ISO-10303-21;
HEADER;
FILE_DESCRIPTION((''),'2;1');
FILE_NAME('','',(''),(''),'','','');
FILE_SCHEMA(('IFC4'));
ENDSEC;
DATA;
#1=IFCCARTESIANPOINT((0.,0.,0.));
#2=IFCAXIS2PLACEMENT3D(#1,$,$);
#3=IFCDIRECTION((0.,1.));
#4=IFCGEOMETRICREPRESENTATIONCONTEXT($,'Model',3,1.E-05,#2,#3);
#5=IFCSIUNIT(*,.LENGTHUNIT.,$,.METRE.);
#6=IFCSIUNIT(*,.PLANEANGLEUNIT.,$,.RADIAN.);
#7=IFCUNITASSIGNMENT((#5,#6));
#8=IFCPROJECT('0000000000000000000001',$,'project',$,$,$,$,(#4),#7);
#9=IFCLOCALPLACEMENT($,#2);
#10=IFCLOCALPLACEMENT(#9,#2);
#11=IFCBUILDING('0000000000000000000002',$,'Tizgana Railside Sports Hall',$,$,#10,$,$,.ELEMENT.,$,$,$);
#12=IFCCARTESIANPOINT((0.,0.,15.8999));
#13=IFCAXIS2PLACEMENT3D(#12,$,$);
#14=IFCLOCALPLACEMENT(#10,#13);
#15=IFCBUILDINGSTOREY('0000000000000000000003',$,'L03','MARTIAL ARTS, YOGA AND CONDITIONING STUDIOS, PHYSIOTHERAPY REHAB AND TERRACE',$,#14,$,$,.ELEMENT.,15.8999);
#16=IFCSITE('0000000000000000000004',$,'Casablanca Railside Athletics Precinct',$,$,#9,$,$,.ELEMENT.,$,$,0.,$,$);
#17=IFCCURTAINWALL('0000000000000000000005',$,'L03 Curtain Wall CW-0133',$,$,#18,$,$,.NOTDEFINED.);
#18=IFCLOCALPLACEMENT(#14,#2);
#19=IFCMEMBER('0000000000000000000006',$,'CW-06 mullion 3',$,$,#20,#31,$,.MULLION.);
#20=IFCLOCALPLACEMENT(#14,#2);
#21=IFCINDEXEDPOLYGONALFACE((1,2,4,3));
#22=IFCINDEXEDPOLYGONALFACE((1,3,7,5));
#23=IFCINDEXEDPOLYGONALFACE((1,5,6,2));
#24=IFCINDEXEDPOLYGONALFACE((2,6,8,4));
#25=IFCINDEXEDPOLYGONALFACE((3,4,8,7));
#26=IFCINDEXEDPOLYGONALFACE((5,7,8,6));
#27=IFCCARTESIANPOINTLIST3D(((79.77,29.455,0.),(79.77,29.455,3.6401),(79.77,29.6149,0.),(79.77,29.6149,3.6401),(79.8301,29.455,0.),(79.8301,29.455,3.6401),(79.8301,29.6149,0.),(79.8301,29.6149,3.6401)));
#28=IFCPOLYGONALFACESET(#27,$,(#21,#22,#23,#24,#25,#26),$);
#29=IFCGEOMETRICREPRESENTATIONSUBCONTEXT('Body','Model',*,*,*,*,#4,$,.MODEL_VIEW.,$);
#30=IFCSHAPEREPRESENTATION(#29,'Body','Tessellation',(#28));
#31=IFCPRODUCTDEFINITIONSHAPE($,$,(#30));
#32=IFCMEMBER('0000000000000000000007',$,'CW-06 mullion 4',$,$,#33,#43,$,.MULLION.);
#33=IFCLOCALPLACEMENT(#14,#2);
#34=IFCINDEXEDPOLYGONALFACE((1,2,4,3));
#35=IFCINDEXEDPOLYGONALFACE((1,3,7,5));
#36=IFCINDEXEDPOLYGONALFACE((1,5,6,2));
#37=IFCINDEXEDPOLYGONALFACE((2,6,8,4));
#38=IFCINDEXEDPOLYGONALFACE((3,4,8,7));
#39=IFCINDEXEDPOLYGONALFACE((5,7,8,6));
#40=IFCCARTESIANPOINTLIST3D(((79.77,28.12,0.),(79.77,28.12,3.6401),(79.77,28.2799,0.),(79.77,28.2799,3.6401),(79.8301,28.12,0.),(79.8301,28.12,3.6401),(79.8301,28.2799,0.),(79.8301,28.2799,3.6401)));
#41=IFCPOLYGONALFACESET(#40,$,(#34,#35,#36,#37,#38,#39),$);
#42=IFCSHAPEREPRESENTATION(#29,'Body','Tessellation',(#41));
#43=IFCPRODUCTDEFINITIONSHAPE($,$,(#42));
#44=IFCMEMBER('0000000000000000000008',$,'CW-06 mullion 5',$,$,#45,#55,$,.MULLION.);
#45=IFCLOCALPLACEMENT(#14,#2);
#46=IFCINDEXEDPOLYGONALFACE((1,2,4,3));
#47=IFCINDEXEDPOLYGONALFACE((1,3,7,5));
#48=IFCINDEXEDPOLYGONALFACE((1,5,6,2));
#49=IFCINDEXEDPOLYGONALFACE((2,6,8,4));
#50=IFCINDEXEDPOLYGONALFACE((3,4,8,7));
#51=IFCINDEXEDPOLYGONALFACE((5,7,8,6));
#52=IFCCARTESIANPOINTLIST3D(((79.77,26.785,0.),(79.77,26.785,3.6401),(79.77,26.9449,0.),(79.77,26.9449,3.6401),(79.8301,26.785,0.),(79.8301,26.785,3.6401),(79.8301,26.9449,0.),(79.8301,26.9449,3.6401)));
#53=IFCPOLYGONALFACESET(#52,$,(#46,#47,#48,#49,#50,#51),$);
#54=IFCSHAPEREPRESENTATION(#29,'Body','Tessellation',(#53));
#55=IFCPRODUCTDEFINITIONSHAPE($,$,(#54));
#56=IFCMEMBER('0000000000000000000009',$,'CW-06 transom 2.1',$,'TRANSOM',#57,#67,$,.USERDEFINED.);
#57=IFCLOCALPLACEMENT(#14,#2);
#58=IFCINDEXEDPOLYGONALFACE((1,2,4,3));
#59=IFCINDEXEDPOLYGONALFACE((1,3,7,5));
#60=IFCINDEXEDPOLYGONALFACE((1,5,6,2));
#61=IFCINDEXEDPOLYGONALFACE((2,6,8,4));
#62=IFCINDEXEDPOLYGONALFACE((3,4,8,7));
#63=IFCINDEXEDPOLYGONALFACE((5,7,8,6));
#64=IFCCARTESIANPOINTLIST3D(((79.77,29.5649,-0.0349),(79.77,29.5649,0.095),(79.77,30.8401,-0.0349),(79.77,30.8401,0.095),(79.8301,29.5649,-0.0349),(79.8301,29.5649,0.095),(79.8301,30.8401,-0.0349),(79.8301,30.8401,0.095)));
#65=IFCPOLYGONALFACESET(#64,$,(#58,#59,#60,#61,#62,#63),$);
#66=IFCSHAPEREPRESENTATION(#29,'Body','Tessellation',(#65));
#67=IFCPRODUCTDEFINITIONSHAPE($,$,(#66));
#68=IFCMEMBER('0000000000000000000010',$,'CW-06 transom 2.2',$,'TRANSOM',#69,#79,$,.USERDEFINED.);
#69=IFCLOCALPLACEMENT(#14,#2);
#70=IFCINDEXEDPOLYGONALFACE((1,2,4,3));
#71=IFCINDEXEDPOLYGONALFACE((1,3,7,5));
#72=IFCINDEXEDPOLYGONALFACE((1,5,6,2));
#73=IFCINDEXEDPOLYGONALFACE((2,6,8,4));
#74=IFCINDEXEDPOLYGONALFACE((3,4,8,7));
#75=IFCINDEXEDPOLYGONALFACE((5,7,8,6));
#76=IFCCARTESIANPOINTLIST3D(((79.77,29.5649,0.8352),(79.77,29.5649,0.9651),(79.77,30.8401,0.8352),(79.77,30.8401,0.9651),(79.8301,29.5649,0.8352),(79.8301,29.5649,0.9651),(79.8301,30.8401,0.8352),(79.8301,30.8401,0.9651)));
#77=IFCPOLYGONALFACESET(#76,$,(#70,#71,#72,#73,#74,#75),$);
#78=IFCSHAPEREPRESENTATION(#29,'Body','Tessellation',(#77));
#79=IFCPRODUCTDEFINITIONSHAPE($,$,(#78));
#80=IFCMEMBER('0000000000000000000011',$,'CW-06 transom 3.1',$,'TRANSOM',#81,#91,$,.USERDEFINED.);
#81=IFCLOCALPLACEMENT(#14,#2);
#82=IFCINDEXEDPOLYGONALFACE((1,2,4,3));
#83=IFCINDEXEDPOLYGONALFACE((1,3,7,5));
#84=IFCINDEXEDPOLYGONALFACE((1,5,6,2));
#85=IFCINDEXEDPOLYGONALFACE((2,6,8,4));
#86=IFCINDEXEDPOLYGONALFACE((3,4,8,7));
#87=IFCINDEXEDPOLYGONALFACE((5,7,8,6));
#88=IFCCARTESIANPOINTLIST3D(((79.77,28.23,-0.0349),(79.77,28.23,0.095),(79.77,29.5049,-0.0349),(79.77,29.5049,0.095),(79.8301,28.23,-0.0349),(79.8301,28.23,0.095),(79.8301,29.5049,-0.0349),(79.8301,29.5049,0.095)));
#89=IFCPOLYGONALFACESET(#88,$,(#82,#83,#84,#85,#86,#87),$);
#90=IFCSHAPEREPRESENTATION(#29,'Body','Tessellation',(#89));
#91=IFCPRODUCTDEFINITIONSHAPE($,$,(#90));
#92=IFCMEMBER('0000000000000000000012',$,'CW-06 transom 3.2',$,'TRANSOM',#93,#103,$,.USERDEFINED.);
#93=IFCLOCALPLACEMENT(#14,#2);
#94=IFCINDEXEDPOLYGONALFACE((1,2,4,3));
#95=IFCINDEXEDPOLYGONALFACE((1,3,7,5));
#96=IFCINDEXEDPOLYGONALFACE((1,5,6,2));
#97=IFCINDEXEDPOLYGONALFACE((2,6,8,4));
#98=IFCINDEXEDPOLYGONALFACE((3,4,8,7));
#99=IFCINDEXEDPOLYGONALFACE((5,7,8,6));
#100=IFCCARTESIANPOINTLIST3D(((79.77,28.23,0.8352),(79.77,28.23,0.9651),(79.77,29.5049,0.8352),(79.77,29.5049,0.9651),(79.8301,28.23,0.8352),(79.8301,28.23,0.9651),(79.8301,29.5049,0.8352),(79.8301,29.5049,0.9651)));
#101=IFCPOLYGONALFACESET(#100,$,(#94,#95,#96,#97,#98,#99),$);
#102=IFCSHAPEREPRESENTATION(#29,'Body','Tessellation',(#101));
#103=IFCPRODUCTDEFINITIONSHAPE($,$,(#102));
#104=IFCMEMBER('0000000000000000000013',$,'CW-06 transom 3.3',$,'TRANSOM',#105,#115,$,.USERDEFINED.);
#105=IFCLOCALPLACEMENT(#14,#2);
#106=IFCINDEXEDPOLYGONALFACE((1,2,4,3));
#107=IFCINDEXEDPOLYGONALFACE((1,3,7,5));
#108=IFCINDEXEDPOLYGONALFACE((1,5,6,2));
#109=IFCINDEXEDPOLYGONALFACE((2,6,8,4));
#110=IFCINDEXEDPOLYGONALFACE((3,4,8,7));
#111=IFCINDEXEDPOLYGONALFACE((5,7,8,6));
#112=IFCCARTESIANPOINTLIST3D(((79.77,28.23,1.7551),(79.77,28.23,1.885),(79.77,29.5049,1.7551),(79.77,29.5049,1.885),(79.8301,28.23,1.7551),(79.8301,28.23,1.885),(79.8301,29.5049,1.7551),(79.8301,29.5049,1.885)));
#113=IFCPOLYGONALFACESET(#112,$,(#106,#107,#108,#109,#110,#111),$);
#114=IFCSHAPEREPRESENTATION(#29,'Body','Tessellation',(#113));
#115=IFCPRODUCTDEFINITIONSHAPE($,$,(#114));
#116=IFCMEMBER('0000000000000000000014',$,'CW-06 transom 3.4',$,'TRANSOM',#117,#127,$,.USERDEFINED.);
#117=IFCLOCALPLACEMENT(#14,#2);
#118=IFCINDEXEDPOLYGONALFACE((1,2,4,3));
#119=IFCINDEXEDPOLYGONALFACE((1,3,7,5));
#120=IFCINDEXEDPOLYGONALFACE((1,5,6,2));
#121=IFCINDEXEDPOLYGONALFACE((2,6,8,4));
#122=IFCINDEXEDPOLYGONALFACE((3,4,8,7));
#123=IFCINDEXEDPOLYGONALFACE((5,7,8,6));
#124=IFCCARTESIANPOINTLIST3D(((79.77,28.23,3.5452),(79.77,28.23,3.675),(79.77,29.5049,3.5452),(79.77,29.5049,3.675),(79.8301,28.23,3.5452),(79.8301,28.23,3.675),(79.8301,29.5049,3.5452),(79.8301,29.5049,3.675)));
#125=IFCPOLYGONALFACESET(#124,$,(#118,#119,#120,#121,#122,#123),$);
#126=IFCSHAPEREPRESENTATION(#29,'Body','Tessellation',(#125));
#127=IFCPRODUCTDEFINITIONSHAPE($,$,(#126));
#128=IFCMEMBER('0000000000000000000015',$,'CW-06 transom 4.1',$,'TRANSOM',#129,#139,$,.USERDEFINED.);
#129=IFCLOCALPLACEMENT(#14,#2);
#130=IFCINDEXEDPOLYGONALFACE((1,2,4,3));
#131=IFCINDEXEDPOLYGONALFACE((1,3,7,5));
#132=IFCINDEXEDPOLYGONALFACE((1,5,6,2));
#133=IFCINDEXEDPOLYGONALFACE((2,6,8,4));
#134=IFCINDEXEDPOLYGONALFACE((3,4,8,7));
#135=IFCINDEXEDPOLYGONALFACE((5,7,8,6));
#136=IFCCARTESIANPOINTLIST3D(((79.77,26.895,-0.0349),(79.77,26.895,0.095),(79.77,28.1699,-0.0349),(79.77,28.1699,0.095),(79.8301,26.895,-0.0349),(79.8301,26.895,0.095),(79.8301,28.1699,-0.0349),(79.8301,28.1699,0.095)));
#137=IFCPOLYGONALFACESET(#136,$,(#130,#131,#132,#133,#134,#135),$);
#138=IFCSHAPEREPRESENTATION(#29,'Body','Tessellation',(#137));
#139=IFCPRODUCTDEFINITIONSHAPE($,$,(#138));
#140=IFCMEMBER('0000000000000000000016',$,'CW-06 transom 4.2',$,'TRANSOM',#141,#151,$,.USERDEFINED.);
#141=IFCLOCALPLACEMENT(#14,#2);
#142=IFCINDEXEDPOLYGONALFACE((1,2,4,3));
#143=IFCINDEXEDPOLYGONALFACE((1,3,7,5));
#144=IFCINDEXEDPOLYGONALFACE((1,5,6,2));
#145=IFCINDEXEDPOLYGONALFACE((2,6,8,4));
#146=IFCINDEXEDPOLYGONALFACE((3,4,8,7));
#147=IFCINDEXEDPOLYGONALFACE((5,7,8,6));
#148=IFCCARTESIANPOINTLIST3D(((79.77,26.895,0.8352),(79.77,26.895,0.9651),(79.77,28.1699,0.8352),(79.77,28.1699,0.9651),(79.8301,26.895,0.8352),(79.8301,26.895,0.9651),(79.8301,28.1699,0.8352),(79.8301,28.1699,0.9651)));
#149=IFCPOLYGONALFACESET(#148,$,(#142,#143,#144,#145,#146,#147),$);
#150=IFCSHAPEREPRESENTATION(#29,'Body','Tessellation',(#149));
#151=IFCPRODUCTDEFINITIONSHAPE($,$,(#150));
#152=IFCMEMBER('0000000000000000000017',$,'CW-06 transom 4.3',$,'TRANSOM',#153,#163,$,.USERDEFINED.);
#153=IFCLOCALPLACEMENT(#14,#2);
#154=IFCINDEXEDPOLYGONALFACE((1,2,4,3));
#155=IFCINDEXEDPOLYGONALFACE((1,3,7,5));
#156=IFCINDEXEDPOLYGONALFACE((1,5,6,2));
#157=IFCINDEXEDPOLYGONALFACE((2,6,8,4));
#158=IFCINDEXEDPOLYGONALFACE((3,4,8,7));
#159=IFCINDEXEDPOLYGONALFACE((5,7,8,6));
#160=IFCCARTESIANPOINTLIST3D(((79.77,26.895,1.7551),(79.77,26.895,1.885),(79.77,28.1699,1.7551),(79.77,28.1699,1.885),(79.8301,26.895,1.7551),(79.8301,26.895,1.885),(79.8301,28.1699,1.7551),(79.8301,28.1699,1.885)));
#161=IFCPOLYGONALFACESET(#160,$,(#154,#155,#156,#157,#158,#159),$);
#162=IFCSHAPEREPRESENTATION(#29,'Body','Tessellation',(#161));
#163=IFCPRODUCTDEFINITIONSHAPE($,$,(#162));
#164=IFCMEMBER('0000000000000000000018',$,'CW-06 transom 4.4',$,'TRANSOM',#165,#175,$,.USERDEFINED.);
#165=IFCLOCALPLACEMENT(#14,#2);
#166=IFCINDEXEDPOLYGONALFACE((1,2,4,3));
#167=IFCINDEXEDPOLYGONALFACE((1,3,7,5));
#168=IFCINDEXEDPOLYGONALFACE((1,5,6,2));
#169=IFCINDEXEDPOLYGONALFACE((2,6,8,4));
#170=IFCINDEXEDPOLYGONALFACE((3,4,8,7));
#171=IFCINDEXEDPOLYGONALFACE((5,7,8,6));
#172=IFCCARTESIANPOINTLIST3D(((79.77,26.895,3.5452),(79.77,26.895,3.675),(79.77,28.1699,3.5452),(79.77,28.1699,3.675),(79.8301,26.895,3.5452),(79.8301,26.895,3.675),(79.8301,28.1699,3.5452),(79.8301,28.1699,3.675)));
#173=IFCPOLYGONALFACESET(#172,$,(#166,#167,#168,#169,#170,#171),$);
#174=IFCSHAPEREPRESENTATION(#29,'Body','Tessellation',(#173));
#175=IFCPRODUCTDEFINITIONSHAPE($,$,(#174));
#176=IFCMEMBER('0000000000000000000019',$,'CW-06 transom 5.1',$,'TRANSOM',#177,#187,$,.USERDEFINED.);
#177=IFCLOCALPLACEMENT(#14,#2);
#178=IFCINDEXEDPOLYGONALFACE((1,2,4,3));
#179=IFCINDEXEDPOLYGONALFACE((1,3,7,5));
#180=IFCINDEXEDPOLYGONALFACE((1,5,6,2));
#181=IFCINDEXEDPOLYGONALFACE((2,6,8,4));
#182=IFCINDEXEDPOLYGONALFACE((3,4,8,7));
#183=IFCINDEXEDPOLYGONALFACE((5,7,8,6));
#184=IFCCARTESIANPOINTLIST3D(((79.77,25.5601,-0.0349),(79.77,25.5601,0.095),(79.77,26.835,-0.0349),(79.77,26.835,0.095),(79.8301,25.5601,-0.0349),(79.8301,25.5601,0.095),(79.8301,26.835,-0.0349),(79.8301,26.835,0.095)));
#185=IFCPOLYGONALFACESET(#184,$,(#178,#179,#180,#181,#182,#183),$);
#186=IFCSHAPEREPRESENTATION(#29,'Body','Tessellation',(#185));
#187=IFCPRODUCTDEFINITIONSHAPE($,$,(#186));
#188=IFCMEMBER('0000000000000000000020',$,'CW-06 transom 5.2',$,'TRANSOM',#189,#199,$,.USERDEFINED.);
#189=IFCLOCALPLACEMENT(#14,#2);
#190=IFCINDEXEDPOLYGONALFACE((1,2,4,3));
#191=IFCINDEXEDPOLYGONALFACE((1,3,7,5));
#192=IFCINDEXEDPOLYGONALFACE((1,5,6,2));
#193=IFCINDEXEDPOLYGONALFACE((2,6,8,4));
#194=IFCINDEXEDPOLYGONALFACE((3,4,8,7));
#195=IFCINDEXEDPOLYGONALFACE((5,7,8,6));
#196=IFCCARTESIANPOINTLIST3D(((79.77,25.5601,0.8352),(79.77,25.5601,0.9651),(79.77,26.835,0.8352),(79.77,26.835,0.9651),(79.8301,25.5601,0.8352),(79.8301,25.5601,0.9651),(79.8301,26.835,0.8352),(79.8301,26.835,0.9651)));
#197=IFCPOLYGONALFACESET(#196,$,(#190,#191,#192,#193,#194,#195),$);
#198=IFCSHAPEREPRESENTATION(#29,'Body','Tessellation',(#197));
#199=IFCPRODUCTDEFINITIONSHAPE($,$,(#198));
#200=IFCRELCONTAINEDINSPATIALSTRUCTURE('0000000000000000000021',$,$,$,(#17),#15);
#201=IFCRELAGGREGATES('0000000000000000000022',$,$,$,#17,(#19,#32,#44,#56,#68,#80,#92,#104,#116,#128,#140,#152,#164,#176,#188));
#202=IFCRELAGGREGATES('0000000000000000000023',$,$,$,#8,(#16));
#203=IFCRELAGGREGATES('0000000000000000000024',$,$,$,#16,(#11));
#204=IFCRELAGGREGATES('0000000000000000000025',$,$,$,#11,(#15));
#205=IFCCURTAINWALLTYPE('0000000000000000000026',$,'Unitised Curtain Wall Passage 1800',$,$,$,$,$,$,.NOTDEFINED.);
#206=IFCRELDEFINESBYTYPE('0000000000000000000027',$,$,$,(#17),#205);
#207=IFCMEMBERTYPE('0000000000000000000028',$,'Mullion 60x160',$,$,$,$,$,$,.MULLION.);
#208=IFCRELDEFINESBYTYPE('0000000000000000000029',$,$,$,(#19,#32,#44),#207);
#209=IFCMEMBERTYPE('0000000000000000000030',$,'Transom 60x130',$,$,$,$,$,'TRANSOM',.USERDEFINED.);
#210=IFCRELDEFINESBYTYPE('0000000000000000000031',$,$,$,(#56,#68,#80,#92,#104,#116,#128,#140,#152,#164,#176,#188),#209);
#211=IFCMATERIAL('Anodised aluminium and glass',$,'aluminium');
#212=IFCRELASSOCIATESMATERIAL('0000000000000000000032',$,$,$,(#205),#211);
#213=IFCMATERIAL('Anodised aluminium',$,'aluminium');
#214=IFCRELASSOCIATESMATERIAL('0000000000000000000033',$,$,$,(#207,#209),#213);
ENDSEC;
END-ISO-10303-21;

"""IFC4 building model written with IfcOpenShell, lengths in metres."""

from ifc_helpers import new_model, si_unit, direction, frame, origin, origin_2d, place, context, subcontext, project, spatial, rectangle, extrude, material, material_profile, profile_set, type_object, element, aggregate, save


model = new_model("IFC4")

# Units and contexts
model_context = context("Model", 3, precision=1e-05, world=origin(), true_north=direction((0.0, 1.0)))
body_context = subcontext(model_context, "Body", "Model", "MODEL_VIEW")
ifc_project = project(units=[si_unit("LENGTHUNIT", "METRE"), si_unit("PLANEANGLEUNIT", "RADIAN")], contexts=[model_context])

# Site, building, storey
site_placement = place(None, origin())
site = spatial("IfcSite", under=ifc_project, at=site_placement, Name="Casablanca Railside Athletics Precinct", CompositionType="ELEMENT", RefElevation=0.0)
building_placement = place(site_placement, origin())
building = spatial("IfcBuilding", under=site, at=building_placement, Name="Tizgana Railside Sports Hall", CompositionType="ELEMENT")
storey_placement = place(building_placement, frame((0.0, 0.0, 15.8999)))
storey = spatial("IfcBuildingStorey", under=building, at=storey_placement, Name="L03", Description="MARTIAL ARTS, YOGA AND CONDITIONING STUDIOS, PHYSIOTHERAPY REHAB AND TERRACE", CompositionType="ELEMENT", Elevation=15.8999)

# Curtain wall, members
ifc_material_1 = material(Name="Anodised aluminium and glass", Category="aluminium")
curtain_wall_type = type_object("IfcCurtainWallType", Name="Unitised Curtain Wall Passage 1800", PredefinedType="NOTDEFINED", material=ifc_material_1)
curtain_wall_placement = place(storey_placement, origin())
curtain_wall = element("IfcCurtainWall", 1, at=curtain_wall_placement, inside=storey, type_object=curtain_wall_type, Name="L03 Curtain Wall CW-0133", PredefinedType="NOTDEFINED")
ifc_material_2 = material(Name="Anodised aluminium", Category="aluminium")
ifc_material_profile_1 = material_profile(ifc_material_2, rectangle(XDim=0.0601, YDim=0.1599, at=origin_2d()), Name="Mullion 60x160")
ifc_profile_set_1 = profile_set([ifc_material_profile_1], Name="Anodised aluminium")
member_type_1 = type_object("IfcMemberType", Name="Mullion 60x160", PredefinedType="MULLION", material=ifc_profile_set_1)
member_1_placement = place(storey_placement, frame((79.8, 29.5349, 0.0), z_axis=(0.0, 0.0, 1.0), x_axis=(1.0, 0.0, 0.0)))
member_1 = element("IfcMember", 2, at=member_1_placement, type_object=member_type_1, Name="CW-06 mullion 3", PredefinedType="MULLION", context=body_context, shape_type="SweptSolid", body=[
    extrude(rectangle(XDim=0.0601, YDim=0.1599, at=origin_2d()), origin(), (0.0, 0.0, 1.0), 3.6401),
])
member_2_placement = place(storey_placement, frame((79.8, 28.2, 0.0), z_axis=(0.0, 0.0, 1.0), x_axis=(1.0, 0.0, 0.0)))
member_2 = element("IfcMember", 3, at=member_2_placement, type_object=member_type_1, Name="CW-06 mullion 4", PredefinedType="MULLION", context=body_context, shape_type="SweptSolid", body=[
    extrude(rectangle(XDim=0.0601, YDim=0.1599, at=origin_2d()), origin(), (0.0, 0.0, 1.0), 3.6401),
])
member_3_placement = place(storey_placement, frame((79.8, 26.865, 0.0), z_axis=(0.0, 0.0, 1.0), x_axis=(1.0, 0.0, 0.0)))
member_3 = element("IfcMember", 4, at=member_3_placement, type_object=member_type_1, Name="CW-06 mullion 5", PredefinedType="MULLION", context=body_context, shape_type="SweptSolid", body=[
    extrude(rectangle(XDim=0.0601, YDim=0.1599, at=origin_2d()), origin(), (0.0, 0.0, 1.0), 3.6401),
])
ifc_material_profile_2 = material_profile(ifc_material_2, rectangle(XDim=0.0601, YDim=0.1299, at=origin_2d()), Name="Transom 60x130")
ifc_profile_set_2 = profile_set([ifc_material_profile_2], Name="Anodised aluminium")
member_type_2 = type_object("IfcMemberType", Name="Transom 60x130", ElementType="TRANSOM", PredefinedType="USERDEFINED", material=ifc_profile_set_2)
member_4_placement = place(storey_placement, frame((79.8, 30.8401, 0.03), z_axis=(0.0, -1.0, 0.0), x_axis=(1.0, 0.0, 0.0)))
member_4 = element("IfcMember", 5, at=member_4_placement, type_object=member_type_2, Name="CW-06 transom 2.1", ObjectType="TRANSOM", PredefinedType="USERDEFINED", context=body_context, shape_type="SweptSolid", body=[
    extrude(rectangle(XDim=0.0601, YDim=0.1299, at=origin_2d()), origin(), (0.0, 0.0, 1.0), 1.2751),
])
member_5_placement = place(storey_placement, frame((79.8, 30.8401, 0.9001), z_axis=(0.0, -1.0, 0.0), x_axis=(1.0, 0.0, 0.0)))
member_5 = element("IfcMember", 6, at=member_5_placement, type_object=member_type_2, Name="CW-06 transom 2.2", ObjectType="TRANSOM", PredefinedType="USERDEFINED", context=body_context, shape_type="SweptSolid", body=[
    extrude(rectangle(XDim=0.0601, YDim=0.1299, at=origin_2d()), origin(), (0.0, 0.0, 1.0), 1.2751),
])
member_6_placement = place(storey_placement, frame((79.8, 29.5049, 0.03), z_axis=(0.0, -1.0, 0.0), x_axis=(1.0, 0.0, 0.0)))
member_6 = element("IfcMember", 7, at=member_6_placement, type_object=member_type_2, Name="CW-06 transom 3.1", ObjectType="TRANSOM", PredefinedType="USERDEFINED", context=body_context, shape_type="SweptSolid", body=[
    extrude(rectangle(XDim=0.0601, YDim=0.1299, at=origin_2d()), origin(), (0.0, 0.0, 1.0), 1.2749),
])
member_7_placement = place(storey_placement, frame((79.8, 29.5049, 0.9001), z_axis=(0.0, -1.0, 0.0), x_axis=(1.0, 0.0, 0.0)))
member_7 = element("IfcMember", 8, at=member_7_placement, type_object=member_type_2, Name="CW-06 transom 3.2", ObjectType="TRANSOM", PredefinedType="USERDEFINED", context=body_context, shape_type="SweptSolid", body=[
    extrude(rectangle(XDim=0.0601, YDim=0.1299, at=origin_2d()), origin(), (0.0, 0.0, 1.0), 1.2749),
])
member_8_placement = place(storey_placement, frame((79.8, 29.5049, 1.8201), z_axis=(0.0, -1.0, 0.0), x_axis=(1.0, 0.0, 0.0)))
member_8 = element("IfcMember", 9, at=member_8_placement, type_object=member_type_2, Name="CW-06 transom 3.3", ObjectType="TRANSOM", PredefinedType="USERDEFINED", context=body_context, shape_type="SweptSolid", body=[
    extrude(rectangle(XDim=0.0601, YDim=0.1299, at=origin_2d()), origin(), (0.0, 0.0, 1.0), 1.2749),
])
member_9_placement = place(storey_placement, frame((79.8, 29.5049, 3.6101), z_axis=(0.0, -1.0, 0.0), x_axis=(1.0, 0.0, 0.0)))
member_9 = element("IfcMember", 10, at=member_9_placement, type_object=member_type_2, Name="CW-06 transom 3.4", ObjectType="TRANSOM", PredefinedType="USERDEFINED", context=body_context, shape_type="SweptSolid", body=[
    extrude(rectangle(XDim=0.0601, YDim=0.1299, at=origin_2d()), origin(), (0.0, 0.0, 1.0), 1.2749),
])
member_10_placement = place(storey_placement, frame((79.8, 28.1699, 0.03), z_axis=(0.0, -1.0, 0.0), x_axis=(1.0, 0.0, 0.0)))
member_10 = element("IfcMember", 11, at=member_10_placement, type_object=member_type_2, Name="CW-06 transom 4.1", ObjectType="TRANSOM", PredefinedType="USERDEFINED", context=body_context, shape_type="SweptSolid", body=[
    extrude(rectangle(XDim=0.0601, YDim=0.1299, at=origin_2d()), origin(), (0.0, 0.0, 1.0), 1.2749),
])
member_11_placement = place(storey_placement, frame((79.8, 28.1699, 0.9001), z_axis=(0.0, -1.0, 0.0), x_axis=(1.0, 0.0, 0.0)))
member_11 = element("IfcMember", 12, at=member_11_placement, type_object=member_type_2, Name="CW-06 transom 4.2", ObjectType="TRANSOM", PredefinedType="USERDEFINED", context=body_context, shape_type="SweptSolid", body=[
    extrude(rectangle(XDim=0.0601, YDim=0.1299, at=origin_2d()), origin(), (0.0, 0.0, 1.0), 1.2749),
])
member_12_placement = place(storey_placement, frame((79.8, 28.1699, 1.8201), z_axis=(0.0, -1.0, 0.0), x_axis=(1.0, 0.0, 0.0)))
member_12 = element("IfcMember", 13, at=member_12_placement, type_object=member_type_2, Name="CW-06 transom 4.3", ObjectType="TRANSOM", PredefinedType="USERDEFINED", context=body_context, shape_type="SweptSolid", body=[
    extrude(rectangle(XDim=0.0601, YDim=0.1299, at=origin_2d()), origin(), (0.0, 0.0, 1.0), 1.2749),
])
member_13_placement = place(storey_placement, frame((79.8, 28.1699, 3.6101), z_axis=(0.0, -1.0, 0.0), x_axis=(1.0, 0.0, 0.0)))
member_13 = element("IfcMember", 14, at=member_13_placement, type_object=member_type_2, Name="CW-06 transom 4.4", ObjectType="TRANSOM", PredefinedType="USERDEFINED", context=body_context, shape_type="SweptSolid", body=[
    extrude(rectangle(XDim=0.0601, YDim=0.1299, at=origin_2d()), origin(), (0.0, 0.0, 1.0), 1.2749),
])
member_14_placement = place(storey_placement, frame((79.8, 26.835, 0.03), z_axis=(0.0, -1.0, 0.0), x_axis=(1.0, 0.0, 0.0)))
member_14 = element("IfcMember", 15, at=member_14_placement, type_object=member_type_2, Name="CW-06 transom 5.1", ObjectType="TRANSOM", PredefinedType="USERDEFINED", context=body_context, shape_type="SweptSolid", body=[
    extrude(rectangle(XDim=0.0601, YDim=0.1299, at=origin_2d()), origin(), (0.0, 0.0, 1.0), 1.2749),
])
member_15_placement = place(storey_placement, frame((79.8, 26.835, 0.9001), z_axis=(0.0, -1.0, 0.0), x_axis=(1.0, 0.0, 0.0)))
member_15 = element("IfcMember", 16, at=member_15_placement, type_object=member_type_2, Name="CW-06 transom 5.2", ObjectType="TRANSOM", PredefinedType="USERDEFINED", context=body_context, shape_type="SweptSolid", body=[
    extrude(rectangle(XDim=0.0601, YDim=0.1299, at=origin_2d()), origin(), (0.0, 0.0, 1.0), 1.2749),
])
aggregate(curtain_wall, [member_1, member_2, member_3, member_4, member_5, member_6, member_7, member_8, member_9, member_10, member_11, member_12, member_13, member_14, member_15])

save(model, "model.ifc")
